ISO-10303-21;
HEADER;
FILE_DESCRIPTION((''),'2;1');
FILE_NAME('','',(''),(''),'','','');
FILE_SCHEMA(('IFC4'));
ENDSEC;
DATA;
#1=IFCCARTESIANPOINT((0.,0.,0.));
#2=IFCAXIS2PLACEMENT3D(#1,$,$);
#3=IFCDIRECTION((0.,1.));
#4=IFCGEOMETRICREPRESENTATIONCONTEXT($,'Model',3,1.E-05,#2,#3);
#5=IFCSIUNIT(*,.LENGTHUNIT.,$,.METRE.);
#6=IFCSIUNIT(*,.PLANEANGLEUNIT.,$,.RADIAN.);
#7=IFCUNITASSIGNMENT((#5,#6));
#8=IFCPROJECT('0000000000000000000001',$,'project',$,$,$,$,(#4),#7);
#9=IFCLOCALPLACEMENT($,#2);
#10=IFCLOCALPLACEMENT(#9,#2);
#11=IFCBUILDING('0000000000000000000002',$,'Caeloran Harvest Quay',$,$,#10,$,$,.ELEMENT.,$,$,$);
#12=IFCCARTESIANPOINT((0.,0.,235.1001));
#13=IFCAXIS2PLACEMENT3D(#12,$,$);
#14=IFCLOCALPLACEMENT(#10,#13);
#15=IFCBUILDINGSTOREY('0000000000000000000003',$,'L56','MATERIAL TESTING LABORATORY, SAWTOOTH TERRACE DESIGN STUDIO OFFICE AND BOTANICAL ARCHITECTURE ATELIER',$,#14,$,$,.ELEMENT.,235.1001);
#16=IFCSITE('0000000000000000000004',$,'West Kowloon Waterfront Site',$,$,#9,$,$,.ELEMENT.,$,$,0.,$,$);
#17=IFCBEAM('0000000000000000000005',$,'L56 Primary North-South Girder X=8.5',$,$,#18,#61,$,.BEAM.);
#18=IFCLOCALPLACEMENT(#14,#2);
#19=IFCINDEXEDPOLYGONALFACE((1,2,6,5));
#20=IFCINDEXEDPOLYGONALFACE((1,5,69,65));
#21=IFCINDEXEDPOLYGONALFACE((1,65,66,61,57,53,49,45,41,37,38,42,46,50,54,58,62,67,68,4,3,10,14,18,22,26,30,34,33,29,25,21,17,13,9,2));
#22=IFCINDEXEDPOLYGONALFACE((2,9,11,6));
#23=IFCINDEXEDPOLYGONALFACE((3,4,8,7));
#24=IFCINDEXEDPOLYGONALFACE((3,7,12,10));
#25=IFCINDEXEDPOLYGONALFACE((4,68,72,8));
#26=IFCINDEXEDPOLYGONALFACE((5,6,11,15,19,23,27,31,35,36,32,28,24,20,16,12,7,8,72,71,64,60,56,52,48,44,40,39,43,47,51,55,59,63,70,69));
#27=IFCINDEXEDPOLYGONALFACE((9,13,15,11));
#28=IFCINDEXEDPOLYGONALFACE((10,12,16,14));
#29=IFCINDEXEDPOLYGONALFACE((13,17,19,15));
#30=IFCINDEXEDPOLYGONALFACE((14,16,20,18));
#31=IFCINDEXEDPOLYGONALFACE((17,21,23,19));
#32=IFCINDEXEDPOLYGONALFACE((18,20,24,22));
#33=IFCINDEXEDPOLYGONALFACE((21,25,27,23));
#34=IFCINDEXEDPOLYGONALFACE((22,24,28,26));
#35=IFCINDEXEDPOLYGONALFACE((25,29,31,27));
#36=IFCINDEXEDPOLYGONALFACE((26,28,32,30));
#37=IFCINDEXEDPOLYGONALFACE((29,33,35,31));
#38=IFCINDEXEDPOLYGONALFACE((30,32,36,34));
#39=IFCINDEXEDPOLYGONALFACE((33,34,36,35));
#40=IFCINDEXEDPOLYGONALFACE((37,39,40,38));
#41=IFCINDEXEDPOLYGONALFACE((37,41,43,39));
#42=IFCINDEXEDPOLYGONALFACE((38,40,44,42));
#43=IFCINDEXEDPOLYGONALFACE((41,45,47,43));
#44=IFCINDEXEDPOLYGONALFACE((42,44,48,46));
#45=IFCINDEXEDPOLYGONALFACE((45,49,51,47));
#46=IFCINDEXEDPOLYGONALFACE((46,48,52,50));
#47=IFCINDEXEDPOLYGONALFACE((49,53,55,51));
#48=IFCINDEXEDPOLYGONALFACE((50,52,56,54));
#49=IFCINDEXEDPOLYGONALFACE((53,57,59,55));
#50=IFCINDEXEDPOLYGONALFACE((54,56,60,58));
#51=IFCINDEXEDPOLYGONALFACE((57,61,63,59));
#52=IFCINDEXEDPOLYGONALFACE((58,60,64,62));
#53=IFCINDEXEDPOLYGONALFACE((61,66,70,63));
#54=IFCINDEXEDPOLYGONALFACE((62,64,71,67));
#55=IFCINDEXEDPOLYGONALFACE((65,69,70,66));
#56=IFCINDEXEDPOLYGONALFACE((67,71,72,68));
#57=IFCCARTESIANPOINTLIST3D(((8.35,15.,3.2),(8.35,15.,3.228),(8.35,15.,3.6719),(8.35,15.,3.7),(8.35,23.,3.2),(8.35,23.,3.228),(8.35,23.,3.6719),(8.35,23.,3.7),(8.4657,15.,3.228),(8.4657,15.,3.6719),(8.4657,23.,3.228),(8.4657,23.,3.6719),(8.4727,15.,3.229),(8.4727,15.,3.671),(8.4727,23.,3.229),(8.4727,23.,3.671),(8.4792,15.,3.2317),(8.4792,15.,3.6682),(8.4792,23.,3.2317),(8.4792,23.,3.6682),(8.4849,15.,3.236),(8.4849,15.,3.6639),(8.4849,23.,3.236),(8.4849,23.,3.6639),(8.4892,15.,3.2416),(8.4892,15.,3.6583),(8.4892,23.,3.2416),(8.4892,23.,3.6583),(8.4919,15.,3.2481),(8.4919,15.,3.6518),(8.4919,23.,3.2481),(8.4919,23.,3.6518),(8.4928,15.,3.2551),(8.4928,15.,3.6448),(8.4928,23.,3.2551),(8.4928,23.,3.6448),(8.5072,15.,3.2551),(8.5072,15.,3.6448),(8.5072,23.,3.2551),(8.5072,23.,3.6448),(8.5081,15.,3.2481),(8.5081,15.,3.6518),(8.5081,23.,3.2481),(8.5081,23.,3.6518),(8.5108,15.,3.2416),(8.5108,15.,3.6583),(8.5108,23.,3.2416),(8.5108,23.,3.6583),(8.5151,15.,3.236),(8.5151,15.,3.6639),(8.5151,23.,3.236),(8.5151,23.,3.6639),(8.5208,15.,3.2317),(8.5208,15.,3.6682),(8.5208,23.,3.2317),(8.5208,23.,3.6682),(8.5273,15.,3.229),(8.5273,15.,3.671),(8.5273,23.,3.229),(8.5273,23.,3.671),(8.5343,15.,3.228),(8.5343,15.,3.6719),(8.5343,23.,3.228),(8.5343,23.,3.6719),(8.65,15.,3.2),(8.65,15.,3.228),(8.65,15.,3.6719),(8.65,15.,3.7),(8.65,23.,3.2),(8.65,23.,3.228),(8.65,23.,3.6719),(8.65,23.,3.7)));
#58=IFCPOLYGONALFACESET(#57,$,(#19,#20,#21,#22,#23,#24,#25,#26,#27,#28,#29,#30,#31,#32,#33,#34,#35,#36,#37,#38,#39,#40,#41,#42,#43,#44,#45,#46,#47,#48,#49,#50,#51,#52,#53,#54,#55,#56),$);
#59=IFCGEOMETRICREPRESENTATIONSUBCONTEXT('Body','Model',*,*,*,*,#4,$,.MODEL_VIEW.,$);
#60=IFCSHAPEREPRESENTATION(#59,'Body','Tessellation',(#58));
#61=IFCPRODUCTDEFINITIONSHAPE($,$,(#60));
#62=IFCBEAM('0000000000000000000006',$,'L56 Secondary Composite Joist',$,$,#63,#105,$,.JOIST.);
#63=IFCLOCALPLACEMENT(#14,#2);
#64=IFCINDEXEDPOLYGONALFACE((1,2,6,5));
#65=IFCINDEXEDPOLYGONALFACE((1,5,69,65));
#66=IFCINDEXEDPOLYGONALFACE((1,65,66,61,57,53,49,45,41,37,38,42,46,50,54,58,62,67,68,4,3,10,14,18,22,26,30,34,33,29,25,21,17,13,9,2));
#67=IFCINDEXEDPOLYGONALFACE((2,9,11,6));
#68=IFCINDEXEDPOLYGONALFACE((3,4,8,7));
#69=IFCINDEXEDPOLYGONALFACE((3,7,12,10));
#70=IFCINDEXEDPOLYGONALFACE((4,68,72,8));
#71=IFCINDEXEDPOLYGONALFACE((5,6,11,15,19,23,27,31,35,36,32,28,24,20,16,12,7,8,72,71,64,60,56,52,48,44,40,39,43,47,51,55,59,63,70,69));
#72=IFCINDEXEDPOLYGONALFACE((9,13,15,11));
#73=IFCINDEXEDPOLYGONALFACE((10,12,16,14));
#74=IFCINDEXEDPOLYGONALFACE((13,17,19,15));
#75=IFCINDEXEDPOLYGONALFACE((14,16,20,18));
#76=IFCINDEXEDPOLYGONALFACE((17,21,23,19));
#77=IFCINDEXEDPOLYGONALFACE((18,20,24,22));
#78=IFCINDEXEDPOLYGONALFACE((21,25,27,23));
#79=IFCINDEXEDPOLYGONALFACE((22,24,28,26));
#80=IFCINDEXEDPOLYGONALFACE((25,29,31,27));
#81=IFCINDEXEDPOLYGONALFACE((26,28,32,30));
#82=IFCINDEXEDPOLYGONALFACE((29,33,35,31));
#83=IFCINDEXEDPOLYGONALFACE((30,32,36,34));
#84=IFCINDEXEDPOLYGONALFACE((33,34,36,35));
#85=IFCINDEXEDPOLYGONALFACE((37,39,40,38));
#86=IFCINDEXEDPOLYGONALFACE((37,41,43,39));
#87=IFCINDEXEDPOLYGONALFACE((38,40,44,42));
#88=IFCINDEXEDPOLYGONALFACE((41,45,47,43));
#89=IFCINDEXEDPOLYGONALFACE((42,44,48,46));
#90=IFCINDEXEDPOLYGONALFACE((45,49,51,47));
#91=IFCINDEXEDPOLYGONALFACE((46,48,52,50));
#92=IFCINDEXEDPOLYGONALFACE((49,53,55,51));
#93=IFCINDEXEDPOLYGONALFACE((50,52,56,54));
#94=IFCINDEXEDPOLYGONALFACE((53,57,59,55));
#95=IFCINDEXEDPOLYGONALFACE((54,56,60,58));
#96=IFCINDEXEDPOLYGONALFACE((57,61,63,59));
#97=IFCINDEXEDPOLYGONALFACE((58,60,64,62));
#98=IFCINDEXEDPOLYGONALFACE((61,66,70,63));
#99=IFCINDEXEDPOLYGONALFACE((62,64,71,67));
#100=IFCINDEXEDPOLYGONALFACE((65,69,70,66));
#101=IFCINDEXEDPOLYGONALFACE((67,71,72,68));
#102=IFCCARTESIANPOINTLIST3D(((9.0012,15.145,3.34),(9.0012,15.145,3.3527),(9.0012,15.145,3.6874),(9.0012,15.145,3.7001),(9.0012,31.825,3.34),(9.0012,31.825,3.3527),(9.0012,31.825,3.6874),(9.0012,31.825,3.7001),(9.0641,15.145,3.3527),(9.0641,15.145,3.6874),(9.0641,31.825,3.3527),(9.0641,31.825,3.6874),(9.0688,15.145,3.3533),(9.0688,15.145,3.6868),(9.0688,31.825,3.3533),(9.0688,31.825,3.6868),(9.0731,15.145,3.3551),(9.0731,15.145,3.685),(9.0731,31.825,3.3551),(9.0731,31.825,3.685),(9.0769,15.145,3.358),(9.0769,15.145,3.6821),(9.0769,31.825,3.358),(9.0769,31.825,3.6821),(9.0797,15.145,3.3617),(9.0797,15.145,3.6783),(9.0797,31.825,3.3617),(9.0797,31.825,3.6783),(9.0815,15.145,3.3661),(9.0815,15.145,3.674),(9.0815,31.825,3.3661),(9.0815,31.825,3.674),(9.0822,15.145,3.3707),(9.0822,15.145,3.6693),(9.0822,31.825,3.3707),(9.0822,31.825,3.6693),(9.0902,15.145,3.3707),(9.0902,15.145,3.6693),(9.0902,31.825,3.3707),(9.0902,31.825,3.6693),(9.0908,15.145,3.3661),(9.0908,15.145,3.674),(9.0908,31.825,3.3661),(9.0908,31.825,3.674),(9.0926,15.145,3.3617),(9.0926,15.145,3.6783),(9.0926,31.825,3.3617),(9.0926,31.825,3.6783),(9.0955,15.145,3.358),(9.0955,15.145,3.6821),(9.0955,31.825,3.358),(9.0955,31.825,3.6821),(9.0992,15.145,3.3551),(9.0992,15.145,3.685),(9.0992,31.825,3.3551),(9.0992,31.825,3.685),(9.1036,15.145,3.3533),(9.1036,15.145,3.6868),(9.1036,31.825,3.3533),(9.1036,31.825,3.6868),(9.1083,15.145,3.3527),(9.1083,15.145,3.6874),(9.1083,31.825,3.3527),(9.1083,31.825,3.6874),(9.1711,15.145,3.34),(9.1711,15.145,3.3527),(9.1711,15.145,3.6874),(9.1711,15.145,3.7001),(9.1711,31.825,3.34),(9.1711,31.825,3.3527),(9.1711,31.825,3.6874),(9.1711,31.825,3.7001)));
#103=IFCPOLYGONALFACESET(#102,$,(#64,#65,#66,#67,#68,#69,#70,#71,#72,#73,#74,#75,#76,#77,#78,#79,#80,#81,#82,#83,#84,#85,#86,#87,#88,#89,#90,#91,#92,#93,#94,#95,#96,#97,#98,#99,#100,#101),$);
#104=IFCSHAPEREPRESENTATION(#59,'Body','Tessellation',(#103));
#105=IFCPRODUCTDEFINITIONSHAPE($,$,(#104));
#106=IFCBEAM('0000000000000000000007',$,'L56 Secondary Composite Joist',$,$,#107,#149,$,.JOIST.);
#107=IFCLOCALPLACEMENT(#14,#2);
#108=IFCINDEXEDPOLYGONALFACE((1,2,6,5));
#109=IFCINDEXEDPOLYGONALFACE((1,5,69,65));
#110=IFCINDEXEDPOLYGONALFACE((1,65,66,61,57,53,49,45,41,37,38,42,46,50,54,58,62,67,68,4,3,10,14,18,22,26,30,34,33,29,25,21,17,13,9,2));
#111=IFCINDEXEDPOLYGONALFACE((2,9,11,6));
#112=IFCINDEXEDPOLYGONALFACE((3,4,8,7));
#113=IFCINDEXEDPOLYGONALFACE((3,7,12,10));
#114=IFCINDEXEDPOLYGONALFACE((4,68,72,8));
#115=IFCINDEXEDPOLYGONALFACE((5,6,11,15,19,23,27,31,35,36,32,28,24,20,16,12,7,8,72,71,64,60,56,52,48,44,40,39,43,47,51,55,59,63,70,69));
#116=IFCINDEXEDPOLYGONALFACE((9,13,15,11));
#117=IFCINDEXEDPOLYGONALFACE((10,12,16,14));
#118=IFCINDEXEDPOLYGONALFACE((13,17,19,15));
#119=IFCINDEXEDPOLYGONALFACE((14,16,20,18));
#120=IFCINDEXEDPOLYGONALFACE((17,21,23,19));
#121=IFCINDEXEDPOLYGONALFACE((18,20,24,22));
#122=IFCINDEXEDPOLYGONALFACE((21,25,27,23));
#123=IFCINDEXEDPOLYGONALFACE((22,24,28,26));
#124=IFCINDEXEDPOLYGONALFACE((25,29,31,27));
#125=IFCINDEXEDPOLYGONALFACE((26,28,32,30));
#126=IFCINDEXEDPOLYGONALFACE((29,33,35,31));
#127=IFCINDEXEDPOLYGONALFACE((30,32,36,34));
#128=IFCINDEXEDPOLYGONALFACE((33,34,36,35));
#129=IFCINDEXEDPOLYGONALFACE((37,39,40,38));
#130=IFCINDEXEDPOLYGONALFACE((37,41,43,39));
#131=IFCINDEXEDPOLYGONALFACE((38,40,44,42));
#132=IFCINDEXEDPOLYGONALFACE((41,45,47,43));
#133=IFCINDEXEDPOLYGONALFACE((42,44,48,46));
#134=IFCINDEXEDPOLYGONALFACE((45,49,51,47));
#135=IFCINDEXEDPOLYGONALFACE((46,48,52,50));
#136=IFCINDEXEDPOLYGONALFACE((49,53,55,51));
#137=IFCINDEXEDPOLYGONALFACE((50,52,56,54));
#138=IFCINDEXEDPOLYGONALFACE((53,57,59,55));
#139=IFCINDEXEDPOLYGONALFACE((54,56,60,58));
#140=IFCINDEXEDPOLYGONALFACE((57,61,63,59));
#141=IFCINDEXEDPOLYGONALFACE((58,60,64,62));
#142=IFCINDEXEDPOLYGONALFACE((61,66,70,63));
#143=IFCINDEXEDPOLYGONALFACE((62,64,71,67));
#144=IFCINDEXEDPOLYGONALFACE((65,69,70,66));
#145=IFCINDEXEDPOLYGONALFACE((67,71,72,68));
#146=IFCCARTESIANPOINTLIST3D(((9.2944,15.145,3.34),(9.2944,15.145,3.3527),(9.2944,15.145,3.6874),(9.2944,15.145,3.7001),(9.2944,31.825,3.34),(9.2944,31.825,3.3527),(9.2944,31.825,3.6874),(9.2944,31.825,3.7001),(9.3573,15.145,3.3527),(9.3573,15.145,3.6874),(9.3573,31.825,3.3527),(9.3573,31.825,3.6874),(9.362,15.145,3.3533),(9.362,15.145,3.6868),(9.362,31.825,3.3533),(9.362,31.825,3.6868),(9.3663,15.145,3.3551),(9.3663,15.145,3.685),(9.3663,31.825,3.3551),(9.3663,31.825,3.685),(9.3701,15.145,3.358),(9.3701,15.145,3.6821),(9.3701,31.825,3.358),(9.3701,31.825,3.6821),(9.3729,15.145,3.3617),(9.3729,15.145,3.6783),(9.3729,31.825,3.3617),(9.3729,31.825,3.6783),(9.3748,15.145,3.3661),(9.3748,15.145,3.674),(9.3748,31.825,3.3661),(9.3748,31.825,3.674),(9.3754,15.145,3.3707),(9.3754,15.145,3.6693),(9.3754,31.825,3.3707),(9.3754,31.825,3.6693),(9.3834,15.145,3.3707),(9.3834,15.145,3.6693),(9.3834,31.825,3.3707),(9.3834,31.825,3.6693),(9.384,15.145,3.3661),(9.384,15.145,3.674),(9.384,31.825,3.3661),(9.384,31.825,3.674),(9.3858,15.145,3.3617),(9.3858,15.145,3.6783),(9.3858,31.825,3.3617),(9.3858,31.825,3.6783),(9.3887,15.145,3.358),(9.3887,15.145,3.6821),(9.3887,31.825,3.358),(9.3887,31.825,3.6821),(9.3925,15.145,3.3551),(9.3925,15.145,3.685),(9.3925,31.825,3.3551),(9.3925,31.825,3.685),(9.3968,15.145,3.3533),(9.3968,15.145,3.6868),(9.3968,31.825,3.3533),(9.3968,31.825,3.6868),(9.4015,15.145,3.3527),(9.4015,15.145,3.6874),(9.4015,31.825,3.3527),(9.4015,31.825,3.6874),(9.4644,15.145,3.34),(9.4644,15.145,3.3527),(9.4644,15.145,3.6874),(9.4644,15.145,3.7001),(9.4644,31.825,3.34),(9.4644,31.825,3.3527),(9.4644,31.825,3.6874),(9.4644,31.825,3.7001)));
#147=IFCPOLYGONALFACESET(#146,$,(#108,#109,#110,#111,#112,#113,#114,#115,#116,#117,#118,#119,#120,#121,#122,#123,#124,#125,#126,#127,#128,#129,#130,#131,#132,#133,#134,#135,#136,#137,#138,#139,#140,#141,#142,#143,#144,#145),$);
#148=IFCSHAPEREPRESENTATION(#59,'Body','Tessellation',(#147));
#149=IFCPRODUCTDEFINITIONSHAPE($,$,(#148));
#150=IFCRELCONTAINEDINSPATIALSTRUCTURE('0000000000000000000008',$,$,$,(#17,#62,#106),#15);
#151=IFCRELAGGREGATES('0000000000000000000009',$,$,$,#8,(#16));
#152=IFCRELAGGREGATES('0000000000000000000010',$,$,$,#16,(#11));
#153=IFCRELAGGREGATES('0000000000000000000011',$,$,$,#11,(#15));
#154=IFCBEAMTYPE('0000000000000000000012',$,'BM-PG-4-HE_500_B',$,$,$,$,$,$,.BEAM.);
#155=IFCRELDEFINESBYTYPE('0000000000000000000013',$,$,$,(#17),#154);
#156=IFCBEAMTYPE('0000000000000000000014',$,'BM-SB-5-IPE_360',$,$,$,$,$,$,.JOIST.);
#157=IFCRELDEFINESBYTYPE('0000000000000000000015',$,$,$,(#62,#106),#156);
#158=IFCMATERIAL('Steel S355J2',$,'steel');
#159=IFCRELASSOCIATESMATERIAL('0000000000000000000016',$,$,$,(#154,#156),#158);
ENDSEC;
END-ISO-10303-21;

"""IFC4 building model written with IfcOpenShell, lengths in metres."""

from ifc_helpers import new_model, si_unit, direction, frame, origin, origin_2d, place, context, subcontext, project, spatial, i_section, extrude, material, material_profile, profile_set, type_object, element, save


model = new_model("IFC4")

# Units and contexts
model_context = context("Model", 3, precision=1e-05, world=origin(), true_north=direction((0.0, 1.0)))
body_context = subcontext(model_context, "Body", "Model", "MODEL_VIEW")
ifc_project = project(units=[si_unit("LENGTHUNIT", "METRE"), si_unit("PLANEANGLEUNIT", "RADIAN")], contexts=[model_context])

# Site, building, storey
site_placement = place(None, origin())
site = spatial("IfcSite", under=ifc_project, at=site_placement, Name="West Kowloon Waterfront Site", CompositionType="ELEMENT", RefElevation=0.0)
building_placement = place(site_placement, origin())
building = spatial("IfcBuilding", under=site, at=building_placement, Name="Caeloran Harvest Quay", CompositionType="ELEMENT")
storey_placement = place(building_placement, frame((0.0, 0.0, 235.1001)))
storey = spatial("IfcBuildingStorey", under=building, at=storey_placement, Name="L56", Description="MATERIAL TESTING LABORATORY, SAWTOOTH TERRACE DESIGN STUDIO OFFICE AND BOTANICAL ARCHITECTURE ATELIER", CompositionType="ELEMENT", Elevation=235.1001)

# Beams
ifc_material_1 = material(Name="Steel S355J2", Category="steel")
ifc_material_profile_1 = material_profile(ifc_material_1, i_section(OverallWidth=0.3, OverallDepth=0.5, WebThickness=0.0144, FlangeThickness=0.0281, FilletRadius=0.0271, at=origin_2d()), Name="HE 500 B")
ifc_profile_set_1 = profile_set([ifc_material_profile_1], Name="Steel S355J2")
beam_type_1 = type_object("IfcBeamType", Name="BM-PG-4-HE_500_B", PredefinedType="BEAM", material=ifc_profile_set_1)
beam_1_placement = place(storey_placement, frame((8.5, 15.0, 3.45), z_axis=(0.0, 1.0, 0.0), x_axis=(-1.0, 0.0, 0.0)))
element("IfcBeam", 1, at=beam_1_placement, inside=storey, type_object=beam_type_1, Name="L56 Primary North-South Girder X=8.5", PredefinedType="BEAM", context=body_context, shape_type="SweptSolid", body=[
    extrude(i_section(OverallWidth=0.3, OverallDepth=0.5, WebThickness=0.0144, FlangeThickness=0.0281, FilletRadius=0.0271, at=origin_2d()), origin(), (0.0, 0.0, 1.0), 8.0),
])
ifc_material_profile_2 = material_profile(ifc_material_1, i_section(OverallWidth=0.1699, OverallDepth=0.3601, WebThickness=0.0081, FlangeThickness=0.0127, FilletRadius=0.0181, at=origin_2d()), Name="IPE 360")
ifc_profile_set_2 = profile_set([ifc_material_profile_2], Name="Steel S355J2")
beam_type_2 = type_object("IfcBeamType", Name="BM-SB-5-IPE_360", PredefinedType="JOIST", material=ifc_profile_set_2)
for number, where, z_axis, x_axis, name in (
    (2, (9.0862, 15.145, 3.52), (0.0, 1.0, 0.0), (-1.0, 0.0, 0.0), "L56 Secondary Composite Joist"),
    (3, (9.3794, 15.145, 3.52), (0.0, 1.0, 0.0), (-1.0, 0.0, 0.0), "L56 Secondary Composite Joist"),
):
    element("IfcBeam", number, at=place(storey_placement, frame(where, z_axis=z_axis, x_axis=x_axis)), inside=storey, type_object=beam_type_2, Name=name, PredefinedType="JOIST", context=body_context, shape_type="SweptSolid", body=[
        extrude(i_section(OverallWidth=0.1699, OverallDepth=0.3601, WebThickness=0.0081, FlangeThickness=0.0127, FilletRadius=0.0181, at=origin_2d()), origin(), (0.0, 0.0, 1.0), 16.6799),
    ])

save(model, "model.ifc")
